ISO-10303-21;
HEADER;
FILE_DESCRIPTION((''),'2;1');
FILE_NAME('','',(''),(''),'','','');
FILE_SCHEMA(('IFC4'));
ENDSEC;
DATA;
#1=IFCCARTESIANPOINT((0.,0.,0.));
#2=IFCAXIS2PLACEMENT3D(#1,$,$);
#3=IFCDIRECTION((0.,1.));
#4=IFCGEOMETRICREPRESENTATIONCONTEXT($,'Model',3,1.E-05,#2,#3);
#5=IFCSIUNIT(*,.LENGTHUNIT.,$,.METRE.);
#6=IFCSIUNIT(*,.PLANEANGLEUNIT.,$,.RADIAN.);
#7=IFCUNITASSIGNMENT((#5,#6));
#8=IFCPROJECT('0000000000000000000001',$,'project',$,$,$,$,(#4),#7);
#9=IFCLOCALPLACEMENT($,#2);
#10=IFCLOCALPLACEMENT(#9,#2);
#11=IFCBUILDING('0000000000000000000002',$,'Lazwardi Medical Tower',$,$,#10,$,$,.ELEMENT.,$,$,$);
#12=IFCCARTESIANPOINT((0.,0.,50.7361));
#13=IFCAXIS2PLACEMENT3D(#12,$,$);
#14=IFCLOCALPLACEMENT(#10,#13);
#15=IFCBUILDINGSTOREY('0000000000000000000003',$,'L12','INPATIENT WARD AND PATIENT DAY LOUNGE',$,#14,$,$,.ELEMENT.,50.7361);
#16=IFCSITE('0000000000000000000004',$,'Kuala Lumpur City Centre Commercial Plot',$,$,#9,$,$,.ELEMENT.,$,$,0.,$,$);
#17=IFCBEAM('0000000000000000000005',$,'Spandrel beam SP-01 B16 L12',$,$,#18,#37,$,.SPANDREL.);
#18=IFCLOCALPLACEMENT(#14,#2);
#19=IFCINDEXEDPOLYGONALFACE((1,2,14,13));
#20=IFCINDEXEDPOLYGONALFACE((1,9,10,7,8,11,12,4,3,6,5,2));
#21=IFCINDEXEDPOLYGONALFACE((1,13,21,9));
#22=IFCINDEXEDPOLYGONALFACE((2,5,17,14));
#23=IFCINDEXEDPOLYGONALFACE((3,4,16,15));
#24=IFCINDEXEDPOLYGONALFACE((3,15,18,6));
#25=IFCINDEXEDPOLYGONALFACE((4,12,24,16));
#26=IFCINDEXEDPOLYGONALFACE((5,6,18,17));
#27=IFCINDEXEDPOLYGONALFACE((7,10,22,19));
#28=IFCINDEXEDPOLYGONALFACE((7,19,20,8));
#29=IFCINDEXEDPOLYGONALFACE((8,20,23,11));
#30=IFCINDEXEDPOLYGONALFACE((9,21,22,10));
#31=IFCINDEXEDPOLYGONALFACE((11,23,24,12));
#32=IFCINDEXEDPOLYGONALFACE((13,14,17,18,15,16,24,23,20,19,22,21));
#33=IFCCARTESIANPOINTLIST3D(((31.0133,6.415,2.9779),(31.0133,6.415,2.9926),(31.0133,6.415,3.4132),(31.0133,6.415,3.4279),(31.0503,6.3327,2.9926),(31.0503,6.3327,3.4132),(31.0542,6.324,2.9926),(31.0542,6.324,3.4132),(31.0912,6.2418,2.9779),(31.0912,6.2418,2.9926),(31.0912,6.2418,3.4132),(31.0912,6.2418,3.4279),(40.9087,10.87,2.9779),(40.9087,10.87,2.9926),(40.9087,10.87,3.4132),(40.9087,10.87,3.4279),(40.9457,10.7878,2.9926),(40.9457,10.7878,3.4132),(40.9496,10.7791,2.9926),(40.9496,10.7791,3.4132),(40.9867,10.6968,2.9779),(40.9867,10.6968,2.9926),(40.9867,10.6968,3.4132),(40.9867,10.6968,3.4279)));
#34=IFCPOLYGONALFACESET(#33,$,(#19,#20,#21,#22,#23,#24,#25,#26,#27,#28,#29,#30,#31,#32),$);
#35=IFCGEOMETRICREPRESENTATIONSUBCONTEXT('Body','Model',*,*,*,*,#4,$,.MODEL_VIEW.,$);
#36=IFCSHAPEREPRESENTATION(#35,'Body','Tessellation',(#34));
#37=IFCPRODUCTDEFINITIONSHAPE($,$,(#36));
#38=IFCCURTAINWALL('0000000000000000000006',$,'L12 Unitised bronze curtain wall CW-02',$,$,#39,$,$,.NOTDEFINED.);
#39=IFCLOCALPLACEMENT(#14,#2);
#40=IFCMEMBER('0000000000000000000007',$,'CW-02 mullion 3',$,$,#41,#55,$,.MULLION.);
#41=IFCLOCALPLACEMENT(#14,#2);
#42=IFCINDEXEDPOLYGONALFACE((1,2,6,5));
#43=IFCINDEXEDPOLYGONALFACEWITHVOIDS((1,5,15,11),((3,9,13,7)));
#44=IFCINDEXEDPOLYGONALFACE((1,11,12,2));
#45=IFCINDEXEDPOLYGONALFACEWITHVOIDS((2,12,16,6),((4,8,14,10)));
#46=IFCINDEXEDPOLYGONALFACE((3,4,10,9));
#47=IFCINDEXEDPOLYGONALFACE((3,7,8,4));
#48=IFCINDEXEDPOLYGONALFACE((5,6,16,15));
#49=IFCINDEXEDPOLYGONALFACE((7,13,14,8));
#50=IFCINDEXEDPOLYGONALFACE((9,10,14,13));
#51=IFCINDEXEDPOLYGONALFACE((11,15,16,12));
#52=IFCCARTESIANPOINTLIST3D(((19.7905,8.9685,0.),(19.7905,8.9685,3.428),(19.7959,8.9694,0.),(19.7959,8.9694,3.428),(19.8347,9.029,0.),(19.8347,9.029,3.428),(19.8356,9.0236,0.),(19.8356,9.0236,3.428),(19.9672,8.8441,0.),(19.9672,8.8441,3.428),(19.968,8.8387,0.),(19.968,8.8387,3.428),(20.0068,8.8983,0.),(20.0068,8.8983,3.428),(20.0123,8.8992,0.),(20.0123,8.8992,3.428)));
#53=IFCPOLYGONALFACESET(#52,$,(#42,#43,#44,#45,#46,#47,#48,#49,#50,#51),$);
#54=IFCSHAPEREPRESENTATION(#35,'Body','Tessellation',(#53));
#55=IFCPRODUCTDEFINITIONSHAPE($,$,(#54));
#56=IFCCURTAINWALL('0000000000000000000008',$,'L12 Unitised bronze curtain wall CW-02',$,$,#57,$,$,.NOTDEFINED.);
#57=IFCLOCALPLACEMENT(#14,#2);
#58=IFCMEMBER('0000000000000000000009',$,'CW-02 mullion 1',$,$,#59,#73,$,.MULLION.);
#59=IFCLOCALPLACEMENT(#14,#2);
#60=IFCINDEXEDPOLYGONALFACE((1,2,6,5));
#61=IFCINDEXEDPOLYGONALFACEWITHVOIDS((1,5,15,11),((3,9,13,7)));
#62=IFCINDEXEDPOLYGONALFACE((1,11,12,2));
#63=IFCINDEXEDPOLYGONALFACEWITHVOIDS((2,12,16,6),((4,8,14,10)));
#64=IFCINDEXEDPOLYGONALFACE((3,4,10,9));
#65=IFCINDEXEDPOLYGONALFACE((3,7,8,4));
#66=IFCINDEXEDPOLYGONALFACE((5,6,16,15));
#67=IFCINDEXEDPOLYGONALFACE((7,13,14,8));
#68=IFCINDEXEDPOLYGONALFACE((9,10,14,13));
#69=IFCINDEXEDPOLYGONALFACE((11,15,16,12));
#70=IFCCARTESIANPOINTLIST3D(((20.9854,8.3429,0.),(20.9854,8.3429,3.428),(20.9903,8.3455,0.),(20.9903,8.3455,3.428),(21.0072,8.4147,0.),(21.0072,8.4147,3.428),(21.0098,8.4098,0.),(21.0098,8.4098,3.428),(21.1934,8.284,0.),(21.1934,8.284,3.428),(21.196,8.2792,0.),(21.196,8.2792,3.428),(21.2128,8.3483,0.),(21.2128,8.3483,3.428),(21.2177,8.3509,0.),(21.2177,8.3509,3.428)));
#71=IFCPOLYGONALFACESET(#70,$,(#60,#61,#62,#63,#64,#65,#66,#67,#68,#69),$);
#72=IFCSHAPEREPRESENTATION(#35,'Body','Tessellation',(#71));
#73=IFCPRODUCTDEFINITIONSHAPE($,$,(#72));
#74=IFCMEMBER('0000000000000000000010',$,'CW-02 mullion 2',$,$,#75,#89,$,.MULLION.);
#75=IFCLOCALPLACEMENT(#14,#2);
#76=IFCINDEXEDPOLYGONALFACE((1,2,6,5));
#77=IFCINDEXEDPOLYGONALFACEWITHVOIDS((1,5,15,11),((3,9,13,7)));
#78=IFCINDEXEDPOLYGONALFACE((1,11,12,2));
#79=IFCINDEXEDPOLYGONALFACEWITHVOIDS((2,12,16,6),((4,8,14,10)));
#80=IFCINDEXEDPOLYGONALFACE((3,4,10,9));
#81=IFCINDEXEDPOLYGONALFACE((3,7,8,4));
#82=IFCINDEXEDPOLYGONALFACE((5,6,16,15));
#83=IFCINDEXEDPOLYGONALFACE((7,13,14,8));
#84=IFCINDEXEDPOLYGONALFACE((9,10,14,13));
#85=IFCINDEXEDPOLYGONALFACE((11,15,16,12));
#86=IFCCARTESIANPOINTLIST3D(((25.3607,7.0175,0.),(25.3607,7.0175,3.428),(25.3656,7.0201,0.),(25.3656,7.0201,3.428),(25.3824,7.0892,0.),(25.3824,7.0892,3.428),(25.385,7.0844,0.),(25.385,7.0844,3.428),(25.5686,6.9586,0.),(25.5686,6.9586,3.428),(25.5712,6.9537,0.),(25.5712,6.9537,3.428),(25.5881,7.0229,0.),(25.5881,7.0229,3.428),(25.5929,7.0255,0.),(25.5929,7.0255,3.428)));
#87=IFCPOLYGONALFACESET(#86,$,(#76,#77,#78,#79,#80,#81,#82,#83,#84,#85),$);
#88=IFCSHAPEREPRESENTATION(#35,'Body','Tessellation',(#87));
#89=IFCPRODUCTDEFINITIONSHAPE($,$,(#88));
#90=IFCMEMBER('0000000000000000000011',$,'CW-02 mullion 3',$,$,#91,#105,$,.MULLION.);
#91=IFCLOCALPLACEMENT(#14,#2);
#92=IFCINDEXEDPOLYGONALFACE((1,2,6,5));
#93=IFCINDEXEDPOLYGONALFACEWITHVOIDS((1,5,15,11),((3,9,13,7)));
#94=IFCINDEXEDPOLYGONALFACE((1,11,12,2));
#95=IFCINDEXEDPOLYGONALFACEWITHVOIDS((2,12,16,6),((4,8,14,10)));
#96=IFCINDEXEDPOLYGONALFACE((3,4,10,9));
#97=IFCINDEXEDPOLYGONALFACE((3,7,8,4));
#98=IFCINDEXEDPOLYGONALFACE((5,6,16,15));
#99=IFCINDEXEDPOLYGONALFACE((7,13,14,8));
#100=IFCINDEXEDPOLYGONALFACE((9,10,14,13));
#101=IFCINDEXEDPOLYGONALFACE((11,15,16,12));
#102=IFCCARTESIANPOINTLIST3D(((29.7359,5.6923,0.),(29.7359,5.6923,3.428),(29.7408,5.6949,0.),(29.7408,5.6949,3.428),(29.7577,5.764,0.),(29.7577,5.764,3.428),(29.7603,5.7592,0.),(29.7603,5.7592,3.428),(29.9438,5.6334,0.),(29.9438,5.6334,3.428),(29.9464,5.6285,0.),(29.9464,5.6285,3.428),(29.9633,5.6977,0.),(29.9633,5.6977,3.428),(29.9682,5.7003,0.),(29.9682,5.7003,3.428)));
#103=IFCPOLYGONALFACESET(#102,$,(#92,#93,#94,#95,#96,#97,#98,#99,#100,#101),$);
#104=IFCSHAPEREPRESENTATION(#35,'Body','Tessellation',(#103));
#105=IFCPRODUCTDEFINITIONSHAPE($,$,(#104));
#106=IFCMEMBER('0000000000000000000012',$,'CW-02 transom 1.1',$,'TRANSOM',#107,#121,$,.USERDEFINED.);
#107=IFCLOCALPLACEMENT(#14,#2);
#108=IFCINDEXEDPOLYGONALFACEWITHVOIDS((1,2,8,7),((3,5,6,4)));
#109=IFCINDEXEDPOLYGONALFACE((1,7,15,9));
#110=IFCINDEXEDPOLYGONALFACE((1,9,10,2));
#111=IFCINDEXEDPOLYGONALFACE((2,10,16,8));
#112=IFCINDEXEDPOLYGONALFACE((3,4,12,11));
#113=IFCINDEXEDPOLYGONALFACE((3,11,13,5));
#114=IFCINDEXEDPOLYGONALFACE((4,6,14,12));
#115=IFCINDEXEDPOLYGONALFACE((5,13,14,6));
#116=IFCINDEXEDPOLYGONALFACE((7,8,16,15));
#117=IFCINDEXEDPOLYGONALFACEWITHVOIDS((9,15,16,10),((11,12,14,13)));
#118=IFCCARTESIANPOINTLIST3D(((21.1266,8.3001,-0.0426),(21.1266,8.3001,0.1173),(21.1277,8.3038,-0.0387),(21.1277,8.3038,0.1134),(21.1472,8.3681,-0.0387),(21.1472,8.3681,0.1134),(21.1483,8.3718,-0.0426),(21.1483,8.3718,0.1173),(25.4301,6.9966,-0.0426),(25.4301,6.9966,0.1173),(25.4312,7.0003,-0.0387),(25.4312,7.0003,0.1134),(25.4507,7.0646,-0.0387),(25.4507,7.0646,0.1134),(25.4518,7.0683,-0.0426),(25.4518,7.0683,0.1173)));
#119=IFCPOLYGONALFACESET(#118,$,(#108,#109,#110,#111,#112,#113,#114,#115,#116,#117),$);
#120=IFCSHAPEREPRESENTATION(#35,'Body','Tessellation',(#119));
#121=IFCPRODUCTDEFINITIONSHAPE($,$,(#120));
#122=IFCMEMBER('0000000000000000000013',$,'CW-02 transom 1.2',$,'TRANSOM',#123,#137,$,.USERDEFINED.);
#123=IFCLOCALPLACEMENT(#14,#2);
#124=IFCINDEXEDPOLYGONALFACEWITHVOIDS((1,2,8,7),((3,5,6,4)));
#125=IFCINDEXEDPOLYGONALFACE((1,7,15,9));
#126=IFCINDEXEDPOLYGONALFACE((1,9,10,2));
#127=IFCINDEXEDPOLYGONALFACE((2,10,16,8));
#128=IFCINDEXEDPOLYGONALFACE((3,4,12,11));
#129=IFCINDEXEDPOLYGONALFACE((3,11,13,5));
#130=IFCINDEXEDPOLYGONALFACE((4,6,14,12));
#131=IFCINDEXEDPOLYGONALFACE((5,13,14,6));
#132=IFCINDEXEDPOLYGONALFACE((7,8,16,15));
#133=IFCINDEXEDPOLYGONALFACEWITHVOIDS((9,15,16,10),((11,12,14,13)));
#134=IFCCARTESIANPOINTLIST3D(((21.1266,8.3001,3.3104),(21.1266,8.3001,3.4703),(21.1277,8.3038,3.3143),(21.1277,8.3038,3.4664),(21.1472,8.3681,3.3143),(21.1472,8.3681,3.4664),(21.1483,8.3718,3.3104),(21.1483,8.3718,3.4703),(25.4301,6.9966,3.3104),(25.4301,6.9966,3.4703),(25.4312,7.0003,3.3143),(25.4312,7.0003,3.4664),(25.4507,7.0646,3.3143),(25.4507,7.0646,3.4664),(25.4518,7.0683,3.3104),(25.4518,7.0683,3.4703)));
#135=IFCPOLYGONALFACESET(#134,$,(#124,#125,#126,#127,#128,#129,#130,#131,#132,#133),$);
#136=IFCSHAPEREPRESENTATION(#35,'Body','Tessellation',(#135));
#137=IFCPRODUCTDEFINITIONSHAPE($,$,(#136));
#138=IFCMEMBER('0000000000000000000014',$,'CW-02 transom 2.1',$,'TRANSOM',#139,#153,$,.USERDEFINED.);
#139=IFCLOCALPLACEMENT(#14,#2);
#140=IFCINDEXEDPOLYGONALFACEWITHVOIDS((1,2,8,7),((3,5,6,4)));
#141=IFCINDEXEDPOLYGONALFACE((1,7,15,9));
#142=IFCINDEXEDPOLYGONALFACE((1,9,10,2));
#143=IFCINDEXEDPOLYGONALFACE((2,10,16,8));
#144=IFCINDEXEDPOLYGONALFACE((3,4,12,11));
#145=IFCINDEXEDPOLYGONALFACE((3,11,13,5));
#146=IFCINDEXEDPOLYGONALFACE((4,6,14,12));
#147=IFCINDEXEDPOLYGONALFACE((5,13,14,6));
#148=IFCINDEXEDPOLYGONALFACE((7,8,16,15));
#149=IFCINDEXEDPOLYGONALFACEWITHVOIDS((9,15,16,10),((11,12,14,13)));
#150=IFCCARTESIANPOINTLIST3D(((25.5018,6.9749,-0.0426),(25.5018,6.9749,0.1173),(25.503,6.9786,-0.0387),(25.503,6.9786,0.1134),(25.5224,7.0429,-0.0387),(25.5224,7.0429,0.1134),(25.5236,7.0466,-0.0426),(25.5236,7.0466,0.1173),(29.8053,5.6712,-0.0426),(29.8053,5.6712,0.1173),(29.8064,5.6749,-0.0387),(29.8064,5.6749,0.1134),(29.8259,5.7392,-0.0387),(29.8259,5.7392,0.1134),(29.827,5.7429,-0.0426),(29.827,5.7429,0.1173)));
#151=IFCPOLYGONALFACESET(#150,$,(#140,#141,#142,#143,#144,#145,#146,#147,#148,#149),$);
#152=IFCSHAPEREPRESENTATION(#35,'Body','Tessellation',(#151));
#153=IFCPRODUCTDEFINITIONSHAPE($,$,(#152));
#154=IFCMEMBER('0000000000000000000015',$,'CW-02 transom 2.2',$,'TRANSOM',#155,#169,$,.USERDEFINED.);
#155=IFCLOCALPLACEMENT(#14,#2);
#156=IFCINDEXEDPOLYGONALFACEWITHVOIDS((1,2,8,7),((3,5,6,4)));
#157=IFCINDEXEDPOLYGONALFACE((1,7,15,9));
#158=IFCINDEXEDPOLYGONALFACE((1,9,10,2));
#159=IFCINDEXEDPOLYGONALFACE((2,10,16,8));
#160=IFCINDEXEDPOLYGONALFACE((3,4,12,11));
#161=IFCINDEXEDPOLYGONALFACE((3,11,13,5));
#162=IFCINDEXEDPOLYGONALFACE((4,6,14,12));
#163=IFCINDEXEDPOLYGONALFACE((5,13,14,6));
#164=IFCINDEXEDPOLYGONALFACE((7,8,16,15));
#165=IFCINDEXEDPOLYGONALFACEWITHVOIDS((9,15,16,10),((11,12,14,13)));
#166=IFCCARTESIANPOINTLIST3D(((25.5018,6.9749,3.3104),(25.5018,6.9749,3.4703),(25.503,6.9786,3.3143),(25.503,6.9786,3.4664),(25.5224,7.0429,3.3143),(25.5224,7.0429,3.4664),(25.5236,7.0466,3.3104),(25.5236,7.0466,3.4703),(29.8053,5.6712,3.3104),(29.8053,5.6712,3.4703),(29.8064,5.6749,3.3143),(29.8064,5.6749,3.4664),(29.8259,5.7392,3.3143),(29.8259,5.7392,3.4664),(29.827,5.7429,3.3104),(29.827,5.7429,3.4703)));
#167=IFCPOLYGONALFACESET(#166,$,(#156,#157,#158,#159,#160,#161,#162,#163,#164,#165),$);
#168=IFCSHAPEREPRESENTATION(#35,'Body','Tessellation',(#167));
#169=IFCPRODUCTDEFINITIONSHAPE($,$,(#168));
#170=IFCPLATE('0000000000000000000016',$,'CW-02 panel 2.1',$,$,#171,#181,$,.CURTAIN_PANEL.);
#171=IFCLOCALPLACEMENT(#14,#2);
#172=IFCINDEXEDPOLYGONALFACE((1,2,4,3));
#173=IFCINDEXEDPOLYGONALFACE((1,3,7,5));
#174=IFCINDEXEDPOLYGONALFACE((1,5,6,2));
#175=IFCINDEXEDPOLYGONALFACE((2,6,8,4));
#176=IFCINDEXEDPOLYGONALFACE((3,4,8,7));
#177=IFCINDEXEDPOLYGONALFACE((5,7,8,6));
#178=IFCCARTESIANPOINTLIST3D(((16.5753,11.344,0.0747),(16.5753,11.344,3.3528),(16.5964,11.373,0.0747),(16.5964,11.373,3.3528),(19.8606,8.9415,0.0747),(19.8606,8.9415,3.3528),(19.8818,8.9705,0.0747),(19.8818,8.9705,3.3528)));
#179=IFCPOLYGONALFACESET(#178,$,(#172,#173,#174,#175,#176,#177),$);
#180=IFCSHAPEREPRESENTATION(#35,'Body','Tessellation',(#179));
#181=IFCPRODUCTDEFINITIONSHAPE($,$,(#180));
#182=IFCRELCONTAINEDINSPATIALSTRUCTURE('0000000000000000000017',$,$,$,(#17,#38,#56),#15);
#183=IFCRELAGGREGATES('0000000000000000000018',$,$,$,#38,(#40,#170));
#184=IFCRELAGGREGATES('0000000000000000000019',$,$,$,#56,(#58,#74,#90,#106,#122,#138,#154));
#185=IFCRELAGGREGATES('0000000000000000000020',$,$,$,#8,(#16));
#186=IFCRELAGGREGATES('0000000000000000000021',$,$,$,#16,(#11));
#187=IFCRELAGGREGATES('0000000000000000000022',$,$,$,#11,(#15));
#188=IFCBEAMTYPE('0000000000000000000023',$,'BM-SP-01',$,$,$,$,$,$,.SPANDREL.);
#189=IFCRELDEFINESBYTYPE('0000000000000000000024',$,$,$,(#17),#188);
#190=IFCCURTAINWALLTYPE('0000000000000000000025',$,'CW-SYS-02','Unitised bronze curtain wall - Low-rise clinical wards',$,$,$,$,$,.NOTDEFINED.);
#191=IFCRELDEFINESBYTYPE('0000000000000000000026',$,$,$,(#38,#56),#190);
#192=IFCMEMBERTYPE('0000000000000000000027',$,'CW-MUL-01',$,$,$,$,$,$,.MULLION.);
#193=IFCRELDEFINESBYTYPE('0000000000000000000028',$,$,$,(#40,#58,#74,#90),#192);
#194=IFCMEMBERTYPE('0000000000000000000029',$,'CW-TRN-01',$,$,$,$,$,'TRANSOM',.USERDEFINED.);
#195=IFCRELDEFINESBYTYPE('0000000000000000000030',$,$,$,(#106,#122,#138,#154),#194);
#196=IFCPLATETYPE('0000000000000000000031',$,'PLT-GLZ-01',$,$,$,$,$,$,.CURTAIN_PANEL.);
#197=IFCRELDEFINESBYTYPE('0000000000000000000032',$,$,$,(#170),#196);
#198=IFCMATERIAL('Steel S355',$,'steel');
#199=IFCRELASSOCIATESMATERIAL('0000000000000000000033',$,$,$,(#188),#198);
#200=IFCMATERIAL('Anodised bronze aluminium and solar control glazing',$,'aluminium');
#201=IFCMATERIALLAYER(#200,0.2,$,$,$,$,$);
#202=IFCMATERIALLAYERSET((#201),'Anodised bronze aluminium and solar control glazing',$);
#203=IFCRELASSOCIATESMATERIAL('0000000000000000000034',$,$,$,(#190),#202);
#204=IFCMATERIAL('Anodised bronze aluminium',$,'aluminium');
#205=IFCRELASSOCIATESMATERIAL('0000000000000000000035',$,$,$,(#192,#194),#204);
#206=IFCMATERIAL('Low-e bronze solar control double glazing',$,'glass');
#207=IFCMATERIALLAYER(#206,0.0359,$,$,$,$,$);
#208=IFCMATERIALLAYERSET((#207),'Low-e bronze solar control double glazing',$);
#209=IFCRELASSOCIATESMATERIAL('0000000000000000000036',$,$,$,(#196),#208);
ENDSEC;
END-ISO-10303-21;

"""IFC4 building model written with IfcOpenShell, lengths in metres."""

from ifc_helpers import new_model, si_unit, direction, frame, origin, origin_2d, place, context, subcontext, project, spatial, rectangle, hollow_rectangle, i_section, extrude, material, layer, layer_set, material_profile, profile_set, type_object, element, aggregate, save


model = new_model("IFC4")

# Units and contexts
model_context = context("Model", 3, precision=1e-05, world=origin(), true_north=direction((0.0, 1.0)))
body_context = subcontext(model_context, "Body", "Model", "MODEL_VIEW")
ifc_project = project(units=[si_unit("LENGTHUNIT", "METRE"), si_unit("PLANEANGLEUNIT", "RADIAN")], contexts=[model_context])

# Site, building, storey
site_placement = place(None, origin())
site = spatial("IfcSite", under=ifc_project, at=site_placement, Name="Kuala Lumpur City Centre Commercial Plot", CompositionType="ELEMENT", RefElevation=0.0)
building_placement = place(site_placement, origin())
building = spatial("IfcBuilding", under=site, at=building_placement, Name="Lazwardi Medical Tower", CompositionType="ELEMENT")
storey_placement = place(building_placement, frame((0.0, 0.0, 50.7361)))
storey = spatial("IfcBuildingStorey", under=building, at=storey_placement, Name="L12", Description="INPATIENT WARD AND PATIENT DAY LOUNGE", CompositionType="ELEMENT", Elevation=50.7361)

# Beam
ifc_material_1 = material(Name="Steel S355", Category="steel")
ifc_material_profile_1 = material_profile(ifc_material_1, i_section(OverallWidth=0.1899, OverallDepth=0.45, WebThickness=0.0095, FlangeThickness=0.0146, at=origin_2d()), Name="IPE 450")
ifc_profile_set_1 = profile_set([ifc_material_profile_1], Name="Steel S355")
beam_type_1 = type_object("IfcBeamType", Name="BM-SP-01", PredefinedType="SPANDREL", material=ifc_profile_set_1)
beam_1_placement = place(storey_placement, frame((31.0522, 6.3284, 3.2029), z_axis=(0.911849, 0.410526, 0.0), x_axis=(-0.410526, 0.911849, 0.0)))
element("IfcBeam", 1, at=beam_1_placement, inside=storey, type_object=beam_type_1, Name="Spandrel beam SP-01 B16 L12", PredefinedType="SPANDREL", context=body_context, shape_type="SweptSolid", body=[
    extrude(i_section(OverallWidth=0.1899, OverallDepth=0.45, WebThickness=0.0095, FlangeThickness=0.0146, at=origin_2d()), origin(), (0.0, 0.0, 1.0), 10.8521),
])

# Curtain wall, member
ifc_material_2 = material(Name="Anodised bronze aluminium and solar control glazing", Category="aluminium")
ifc_layer_1 = layer(ifc_material_2, 0.2)
ifc_layer_set_1 = layer_set([ifc_layer_1], Name="Anodised bronze aluminium and solar control glazing")
curtain_wall_type = type_object("IfcCurtainWallType", Name="CW-SYS-02", Description="Unitised bronze curtain wall - Low-rise clinical wards", PredefinedType="NOTDEFINED", material=ifc_layer_set_1)
curtain_wall_1_placement = place(storey_placement, origin())
curtain_wall_1 = element("IfcCurtainWall", 2, at=curtain_wall_1_placement, inside=storey, type_object=curtain_wall_type, Name="L12 Unitised bronze curtain wall CW-02", PredefinedType="NOTDEFINED")
ifc_material_3 = material(Name="Anodised bronze aluminium", Category="aluminium")
ifc_material_profile_2 = material_profile(ifc_material_3, hollow_rectangle(XDim=0.075, YDim=0.22, WallThickness=0.0039, at=origin_2d()), Name="ALU-MULLION 220x75x4")
ifc_profile_set_2 = profile_set([ifc_material_profile_2], Name="Anodised bronze aluminium")
member_type_1 = type_object("IfcMemberType", Name="CW-MUL-01", PredefinedType="MULLION", material=ifc_profile_set_2)
member_1_placement = place(storey_placement, frame((19.9014, 8.9338, 0.0), z_axis=(0.0, 0.0, 1.0), x_axis=(0.590289, 0.807192, 0.0)))
member_1 = element("IfcMember", 3, at=member_1_placement, type_object=member_type_1, Name="CW-02 mullion 3", PredefinedType="MULLION", context=body_context, shape_type="SweptSolid", body=[
    extrude(hollow_rectangle(XDim=0.075, YDim=0.22, WallThickness=0.0039, at=origin_2d()), origin(), (0.0, 0.0, 1.0), 3.428),
])

# Curtain wall, members
curtain_wall_2_placement = place(storey_placement, origin())
curtain_wall_2 = element("IfcCurtainWall", 4, at=curtain_wall_2_placement, inside=storey, type_object=curtain_wall_type, Name="L12 Unitised bronze curtain wall CW-02", PredefinedType="NOTDEFINED")
member_2_placement = place(storey_placement, frame((21.1016, 8.3469, 0.0), z_axis=(0.0, 0.0, 1.0), x_axis=(0.289896, 0.957058, 0.0)))
member_2 = element("IfcMember", 5, at=member_2_placement, type_object=member_type_1, Name="CW-02 mullion 1", PredefinedType="MULLION", context=body_context, shape_type="SweptSolid", body=[
    extrude(hollow_rectangle(XDim=0.075, YDim=0.22, WallThickness=0.0039, at=origin_2d()), origin(), (0.0, 0.0, 1.0), 3.428),
])
member_3_placement = place(storey_placement, frame((25.4768, 7.0215, 0.0), z_axis=(0.0, 0.0, 1.0), x_axis=(0.289896, 0.957058, 0.0)))
member_3 = element("IfcMember", 6, at=member_3_placement, type_object=member_type_1, Name="CW-02 mullion 2", PredefinedType="MULLION", context=body_context, shape_type="SweptSolid", body=[
    extrude(hollow_rectangle(XDim=0.075, YDim=0.22, WallThickness=0.0039, at=origin_2d()), origin(), (0.0, 0.0, 1.0), 3.428),
])
member_4_placement = place(storey_placement, frame((29.8521, 5.6963, 0.0), z_axis=(0.0, 0.0, 1.0), x_axis=(0.289896, 0.957058, 0.0)))
member_4 = element("IfcMember", 7, at=member_4_placement, type_object=member_type_1, Name="CW-02 mullion 3", PredefinedType="MULLION", context=body_context, shape_type="SweptSolid", body=[
    extrude(hollow_rectangle(XDim=0.075, YDim=0.22, WallThickness=0.0039, at=origin_2d()), origin(), (0.0, 0.0, 1.0), 3.428),
])
ifc_material_profile_3 = material_profile(ifc_material_3, hollow_rectangle(XDim=0.075, YDim=0.1599, WallThickness=0.0039, at=origin_2d()), Name="ALU-TRANSOM 160x75x4")
ifc_profile_set_3 = profile_set([ifc_material_profile_3], Name="Anodised bronze aluminium")
member_type_2 = type_object("IfcMemberType", Name="CW-TRN-01", ElementType="TRANSOM", PredefinedType="USERDEFINED", material=ifc_profile_set_3)
member_5_placement = place(storey_placement, frame((21.1375, 8.3359, 0.0374), z_axis=(0.957062, -0.289882, 0.0), x_axis=(0.289882, 0.957062, 0.0)))
member_5 = element("IfcMember", 8, at=member_5_placement, type_object=member_type_2, Name="CW-02 transom 1.1", ObjectType="TRANSOM", PredefinedType="USERDEFINED", context=body_context, shape_type="SweptSolid", body=[
    extrude(hollow_rectangle(XDim=0.075, YDim=0.1599, WallThickness=0.0039, at=origin_2d()), origin(), (0.0, 0.0, 1.0), 4.4966),
])
member_6_placement = place(storey_placement, frame((21.1375, 8.3359, 3.3904), z_axis=(0.957062, -0.289882, 0.0), x_axis=(0.289882, 0.957062, 0.0)))
member_6 = element("IfcMember", 9, at=member_6_placement, type_object=member_type_2, Name="CW-02 transom 1.2", ObjectType="TRANSOM", PredefinedType="USERDEFINED", context=body_context, shape_type="SweptSolid", body=[
    extrude(hollow_rectangle(XDim=0.075, YDim=0.1599, WallThickness=0.0039, at=origin_2d()), origin(), (0.0, 0.0, 1.0), 4.4966),
])
member_7_placement = place(storey_placement, frame((25.5127, 7.0107, 0.0374), z_axis=(0.957047, -0.289932, 0.0), x_axis=(0.289932, 0.957047, 0.0)))
member_7 = element("IfcMember", 10, at=member_7_placement, type_object=member_type_2, Name="CW-02 transom 2.1", ObjectType="TRANSOM", PredefinedType="USERDEFINED", context=body_context, shape_type="SweptSolid", body=[
    extrude(hollow_rectangle(XDim=0.075, YDim=0.1599, WallThickness=0.0039, at=origin_2d()), origin(), (0.0, 0.0, 1.0), 4.4966),
])
member_8_placement = place(storey_placement, frame((25.5127, 7.0107, 3.3904), z_axis=(0.957047, -0.289932, 0.0), x_axis=(0.289932, 0.957047, 0.0)))
member_8 = element("IfcMember", 11, at=member_8_placement, type_object=member_type_2, Name="CW-02 transom 2.2", ObjectType="TRANSOM", PredefinedType="USERDEFINED", context=body_context, shape_type="SweptSolid", body=[
    extrude(hollow_rectangle(XDim=0.075, YDim=0.1599, WallThickness=0.0039, at=origin_2d()), origin(), (0.0, 0.0, 1.0), 4.4966),
])

# Plate
ifc_material_4 = material(Name="Low-e bronze solar control double glazing", Category="glass")
ifc_layer_2 = layer(ifc_material_4, 0.0359)
ifc_layer_set_2 = layer_set([ifc_layer_2], Name="Low-e bronze solar control double glazing")
plate_type = type_object("IfcPlateType", Name="PLT-GLZ-01", PredefinedType="CURTAIN_PANEL", material=ifc_layer_set_2)
plate_1_placement = place(storey_placement, frame((18.2285, 10.1572, 0.0747), z_axis=(0.0, 0.0, 1.0), x_axis=(0.807192, -0.590289, 0.0)))
plate_1 = element("IfcPlate", 12, at=plate_1_placement, type_object=plate_type, Name="CW-02 panel 2.1", PredefinedType="CURTAIN_PANEL", context=body_context, shape_type="SweptSolid", body=[
    extrude(rectangle(XDim=4.0701, YDim=0.0359, at=origin_2d()), origin(), (0.0, 0.0, 1.0), 3.2781),
])
aggregate(curtain_wall_1, [member_1, plate_1])
aggregate(curtain_wall_2, [member_2, member_3, member_4, member_5, member_6, member_7, member_8])

save(model, "model.ifc")
